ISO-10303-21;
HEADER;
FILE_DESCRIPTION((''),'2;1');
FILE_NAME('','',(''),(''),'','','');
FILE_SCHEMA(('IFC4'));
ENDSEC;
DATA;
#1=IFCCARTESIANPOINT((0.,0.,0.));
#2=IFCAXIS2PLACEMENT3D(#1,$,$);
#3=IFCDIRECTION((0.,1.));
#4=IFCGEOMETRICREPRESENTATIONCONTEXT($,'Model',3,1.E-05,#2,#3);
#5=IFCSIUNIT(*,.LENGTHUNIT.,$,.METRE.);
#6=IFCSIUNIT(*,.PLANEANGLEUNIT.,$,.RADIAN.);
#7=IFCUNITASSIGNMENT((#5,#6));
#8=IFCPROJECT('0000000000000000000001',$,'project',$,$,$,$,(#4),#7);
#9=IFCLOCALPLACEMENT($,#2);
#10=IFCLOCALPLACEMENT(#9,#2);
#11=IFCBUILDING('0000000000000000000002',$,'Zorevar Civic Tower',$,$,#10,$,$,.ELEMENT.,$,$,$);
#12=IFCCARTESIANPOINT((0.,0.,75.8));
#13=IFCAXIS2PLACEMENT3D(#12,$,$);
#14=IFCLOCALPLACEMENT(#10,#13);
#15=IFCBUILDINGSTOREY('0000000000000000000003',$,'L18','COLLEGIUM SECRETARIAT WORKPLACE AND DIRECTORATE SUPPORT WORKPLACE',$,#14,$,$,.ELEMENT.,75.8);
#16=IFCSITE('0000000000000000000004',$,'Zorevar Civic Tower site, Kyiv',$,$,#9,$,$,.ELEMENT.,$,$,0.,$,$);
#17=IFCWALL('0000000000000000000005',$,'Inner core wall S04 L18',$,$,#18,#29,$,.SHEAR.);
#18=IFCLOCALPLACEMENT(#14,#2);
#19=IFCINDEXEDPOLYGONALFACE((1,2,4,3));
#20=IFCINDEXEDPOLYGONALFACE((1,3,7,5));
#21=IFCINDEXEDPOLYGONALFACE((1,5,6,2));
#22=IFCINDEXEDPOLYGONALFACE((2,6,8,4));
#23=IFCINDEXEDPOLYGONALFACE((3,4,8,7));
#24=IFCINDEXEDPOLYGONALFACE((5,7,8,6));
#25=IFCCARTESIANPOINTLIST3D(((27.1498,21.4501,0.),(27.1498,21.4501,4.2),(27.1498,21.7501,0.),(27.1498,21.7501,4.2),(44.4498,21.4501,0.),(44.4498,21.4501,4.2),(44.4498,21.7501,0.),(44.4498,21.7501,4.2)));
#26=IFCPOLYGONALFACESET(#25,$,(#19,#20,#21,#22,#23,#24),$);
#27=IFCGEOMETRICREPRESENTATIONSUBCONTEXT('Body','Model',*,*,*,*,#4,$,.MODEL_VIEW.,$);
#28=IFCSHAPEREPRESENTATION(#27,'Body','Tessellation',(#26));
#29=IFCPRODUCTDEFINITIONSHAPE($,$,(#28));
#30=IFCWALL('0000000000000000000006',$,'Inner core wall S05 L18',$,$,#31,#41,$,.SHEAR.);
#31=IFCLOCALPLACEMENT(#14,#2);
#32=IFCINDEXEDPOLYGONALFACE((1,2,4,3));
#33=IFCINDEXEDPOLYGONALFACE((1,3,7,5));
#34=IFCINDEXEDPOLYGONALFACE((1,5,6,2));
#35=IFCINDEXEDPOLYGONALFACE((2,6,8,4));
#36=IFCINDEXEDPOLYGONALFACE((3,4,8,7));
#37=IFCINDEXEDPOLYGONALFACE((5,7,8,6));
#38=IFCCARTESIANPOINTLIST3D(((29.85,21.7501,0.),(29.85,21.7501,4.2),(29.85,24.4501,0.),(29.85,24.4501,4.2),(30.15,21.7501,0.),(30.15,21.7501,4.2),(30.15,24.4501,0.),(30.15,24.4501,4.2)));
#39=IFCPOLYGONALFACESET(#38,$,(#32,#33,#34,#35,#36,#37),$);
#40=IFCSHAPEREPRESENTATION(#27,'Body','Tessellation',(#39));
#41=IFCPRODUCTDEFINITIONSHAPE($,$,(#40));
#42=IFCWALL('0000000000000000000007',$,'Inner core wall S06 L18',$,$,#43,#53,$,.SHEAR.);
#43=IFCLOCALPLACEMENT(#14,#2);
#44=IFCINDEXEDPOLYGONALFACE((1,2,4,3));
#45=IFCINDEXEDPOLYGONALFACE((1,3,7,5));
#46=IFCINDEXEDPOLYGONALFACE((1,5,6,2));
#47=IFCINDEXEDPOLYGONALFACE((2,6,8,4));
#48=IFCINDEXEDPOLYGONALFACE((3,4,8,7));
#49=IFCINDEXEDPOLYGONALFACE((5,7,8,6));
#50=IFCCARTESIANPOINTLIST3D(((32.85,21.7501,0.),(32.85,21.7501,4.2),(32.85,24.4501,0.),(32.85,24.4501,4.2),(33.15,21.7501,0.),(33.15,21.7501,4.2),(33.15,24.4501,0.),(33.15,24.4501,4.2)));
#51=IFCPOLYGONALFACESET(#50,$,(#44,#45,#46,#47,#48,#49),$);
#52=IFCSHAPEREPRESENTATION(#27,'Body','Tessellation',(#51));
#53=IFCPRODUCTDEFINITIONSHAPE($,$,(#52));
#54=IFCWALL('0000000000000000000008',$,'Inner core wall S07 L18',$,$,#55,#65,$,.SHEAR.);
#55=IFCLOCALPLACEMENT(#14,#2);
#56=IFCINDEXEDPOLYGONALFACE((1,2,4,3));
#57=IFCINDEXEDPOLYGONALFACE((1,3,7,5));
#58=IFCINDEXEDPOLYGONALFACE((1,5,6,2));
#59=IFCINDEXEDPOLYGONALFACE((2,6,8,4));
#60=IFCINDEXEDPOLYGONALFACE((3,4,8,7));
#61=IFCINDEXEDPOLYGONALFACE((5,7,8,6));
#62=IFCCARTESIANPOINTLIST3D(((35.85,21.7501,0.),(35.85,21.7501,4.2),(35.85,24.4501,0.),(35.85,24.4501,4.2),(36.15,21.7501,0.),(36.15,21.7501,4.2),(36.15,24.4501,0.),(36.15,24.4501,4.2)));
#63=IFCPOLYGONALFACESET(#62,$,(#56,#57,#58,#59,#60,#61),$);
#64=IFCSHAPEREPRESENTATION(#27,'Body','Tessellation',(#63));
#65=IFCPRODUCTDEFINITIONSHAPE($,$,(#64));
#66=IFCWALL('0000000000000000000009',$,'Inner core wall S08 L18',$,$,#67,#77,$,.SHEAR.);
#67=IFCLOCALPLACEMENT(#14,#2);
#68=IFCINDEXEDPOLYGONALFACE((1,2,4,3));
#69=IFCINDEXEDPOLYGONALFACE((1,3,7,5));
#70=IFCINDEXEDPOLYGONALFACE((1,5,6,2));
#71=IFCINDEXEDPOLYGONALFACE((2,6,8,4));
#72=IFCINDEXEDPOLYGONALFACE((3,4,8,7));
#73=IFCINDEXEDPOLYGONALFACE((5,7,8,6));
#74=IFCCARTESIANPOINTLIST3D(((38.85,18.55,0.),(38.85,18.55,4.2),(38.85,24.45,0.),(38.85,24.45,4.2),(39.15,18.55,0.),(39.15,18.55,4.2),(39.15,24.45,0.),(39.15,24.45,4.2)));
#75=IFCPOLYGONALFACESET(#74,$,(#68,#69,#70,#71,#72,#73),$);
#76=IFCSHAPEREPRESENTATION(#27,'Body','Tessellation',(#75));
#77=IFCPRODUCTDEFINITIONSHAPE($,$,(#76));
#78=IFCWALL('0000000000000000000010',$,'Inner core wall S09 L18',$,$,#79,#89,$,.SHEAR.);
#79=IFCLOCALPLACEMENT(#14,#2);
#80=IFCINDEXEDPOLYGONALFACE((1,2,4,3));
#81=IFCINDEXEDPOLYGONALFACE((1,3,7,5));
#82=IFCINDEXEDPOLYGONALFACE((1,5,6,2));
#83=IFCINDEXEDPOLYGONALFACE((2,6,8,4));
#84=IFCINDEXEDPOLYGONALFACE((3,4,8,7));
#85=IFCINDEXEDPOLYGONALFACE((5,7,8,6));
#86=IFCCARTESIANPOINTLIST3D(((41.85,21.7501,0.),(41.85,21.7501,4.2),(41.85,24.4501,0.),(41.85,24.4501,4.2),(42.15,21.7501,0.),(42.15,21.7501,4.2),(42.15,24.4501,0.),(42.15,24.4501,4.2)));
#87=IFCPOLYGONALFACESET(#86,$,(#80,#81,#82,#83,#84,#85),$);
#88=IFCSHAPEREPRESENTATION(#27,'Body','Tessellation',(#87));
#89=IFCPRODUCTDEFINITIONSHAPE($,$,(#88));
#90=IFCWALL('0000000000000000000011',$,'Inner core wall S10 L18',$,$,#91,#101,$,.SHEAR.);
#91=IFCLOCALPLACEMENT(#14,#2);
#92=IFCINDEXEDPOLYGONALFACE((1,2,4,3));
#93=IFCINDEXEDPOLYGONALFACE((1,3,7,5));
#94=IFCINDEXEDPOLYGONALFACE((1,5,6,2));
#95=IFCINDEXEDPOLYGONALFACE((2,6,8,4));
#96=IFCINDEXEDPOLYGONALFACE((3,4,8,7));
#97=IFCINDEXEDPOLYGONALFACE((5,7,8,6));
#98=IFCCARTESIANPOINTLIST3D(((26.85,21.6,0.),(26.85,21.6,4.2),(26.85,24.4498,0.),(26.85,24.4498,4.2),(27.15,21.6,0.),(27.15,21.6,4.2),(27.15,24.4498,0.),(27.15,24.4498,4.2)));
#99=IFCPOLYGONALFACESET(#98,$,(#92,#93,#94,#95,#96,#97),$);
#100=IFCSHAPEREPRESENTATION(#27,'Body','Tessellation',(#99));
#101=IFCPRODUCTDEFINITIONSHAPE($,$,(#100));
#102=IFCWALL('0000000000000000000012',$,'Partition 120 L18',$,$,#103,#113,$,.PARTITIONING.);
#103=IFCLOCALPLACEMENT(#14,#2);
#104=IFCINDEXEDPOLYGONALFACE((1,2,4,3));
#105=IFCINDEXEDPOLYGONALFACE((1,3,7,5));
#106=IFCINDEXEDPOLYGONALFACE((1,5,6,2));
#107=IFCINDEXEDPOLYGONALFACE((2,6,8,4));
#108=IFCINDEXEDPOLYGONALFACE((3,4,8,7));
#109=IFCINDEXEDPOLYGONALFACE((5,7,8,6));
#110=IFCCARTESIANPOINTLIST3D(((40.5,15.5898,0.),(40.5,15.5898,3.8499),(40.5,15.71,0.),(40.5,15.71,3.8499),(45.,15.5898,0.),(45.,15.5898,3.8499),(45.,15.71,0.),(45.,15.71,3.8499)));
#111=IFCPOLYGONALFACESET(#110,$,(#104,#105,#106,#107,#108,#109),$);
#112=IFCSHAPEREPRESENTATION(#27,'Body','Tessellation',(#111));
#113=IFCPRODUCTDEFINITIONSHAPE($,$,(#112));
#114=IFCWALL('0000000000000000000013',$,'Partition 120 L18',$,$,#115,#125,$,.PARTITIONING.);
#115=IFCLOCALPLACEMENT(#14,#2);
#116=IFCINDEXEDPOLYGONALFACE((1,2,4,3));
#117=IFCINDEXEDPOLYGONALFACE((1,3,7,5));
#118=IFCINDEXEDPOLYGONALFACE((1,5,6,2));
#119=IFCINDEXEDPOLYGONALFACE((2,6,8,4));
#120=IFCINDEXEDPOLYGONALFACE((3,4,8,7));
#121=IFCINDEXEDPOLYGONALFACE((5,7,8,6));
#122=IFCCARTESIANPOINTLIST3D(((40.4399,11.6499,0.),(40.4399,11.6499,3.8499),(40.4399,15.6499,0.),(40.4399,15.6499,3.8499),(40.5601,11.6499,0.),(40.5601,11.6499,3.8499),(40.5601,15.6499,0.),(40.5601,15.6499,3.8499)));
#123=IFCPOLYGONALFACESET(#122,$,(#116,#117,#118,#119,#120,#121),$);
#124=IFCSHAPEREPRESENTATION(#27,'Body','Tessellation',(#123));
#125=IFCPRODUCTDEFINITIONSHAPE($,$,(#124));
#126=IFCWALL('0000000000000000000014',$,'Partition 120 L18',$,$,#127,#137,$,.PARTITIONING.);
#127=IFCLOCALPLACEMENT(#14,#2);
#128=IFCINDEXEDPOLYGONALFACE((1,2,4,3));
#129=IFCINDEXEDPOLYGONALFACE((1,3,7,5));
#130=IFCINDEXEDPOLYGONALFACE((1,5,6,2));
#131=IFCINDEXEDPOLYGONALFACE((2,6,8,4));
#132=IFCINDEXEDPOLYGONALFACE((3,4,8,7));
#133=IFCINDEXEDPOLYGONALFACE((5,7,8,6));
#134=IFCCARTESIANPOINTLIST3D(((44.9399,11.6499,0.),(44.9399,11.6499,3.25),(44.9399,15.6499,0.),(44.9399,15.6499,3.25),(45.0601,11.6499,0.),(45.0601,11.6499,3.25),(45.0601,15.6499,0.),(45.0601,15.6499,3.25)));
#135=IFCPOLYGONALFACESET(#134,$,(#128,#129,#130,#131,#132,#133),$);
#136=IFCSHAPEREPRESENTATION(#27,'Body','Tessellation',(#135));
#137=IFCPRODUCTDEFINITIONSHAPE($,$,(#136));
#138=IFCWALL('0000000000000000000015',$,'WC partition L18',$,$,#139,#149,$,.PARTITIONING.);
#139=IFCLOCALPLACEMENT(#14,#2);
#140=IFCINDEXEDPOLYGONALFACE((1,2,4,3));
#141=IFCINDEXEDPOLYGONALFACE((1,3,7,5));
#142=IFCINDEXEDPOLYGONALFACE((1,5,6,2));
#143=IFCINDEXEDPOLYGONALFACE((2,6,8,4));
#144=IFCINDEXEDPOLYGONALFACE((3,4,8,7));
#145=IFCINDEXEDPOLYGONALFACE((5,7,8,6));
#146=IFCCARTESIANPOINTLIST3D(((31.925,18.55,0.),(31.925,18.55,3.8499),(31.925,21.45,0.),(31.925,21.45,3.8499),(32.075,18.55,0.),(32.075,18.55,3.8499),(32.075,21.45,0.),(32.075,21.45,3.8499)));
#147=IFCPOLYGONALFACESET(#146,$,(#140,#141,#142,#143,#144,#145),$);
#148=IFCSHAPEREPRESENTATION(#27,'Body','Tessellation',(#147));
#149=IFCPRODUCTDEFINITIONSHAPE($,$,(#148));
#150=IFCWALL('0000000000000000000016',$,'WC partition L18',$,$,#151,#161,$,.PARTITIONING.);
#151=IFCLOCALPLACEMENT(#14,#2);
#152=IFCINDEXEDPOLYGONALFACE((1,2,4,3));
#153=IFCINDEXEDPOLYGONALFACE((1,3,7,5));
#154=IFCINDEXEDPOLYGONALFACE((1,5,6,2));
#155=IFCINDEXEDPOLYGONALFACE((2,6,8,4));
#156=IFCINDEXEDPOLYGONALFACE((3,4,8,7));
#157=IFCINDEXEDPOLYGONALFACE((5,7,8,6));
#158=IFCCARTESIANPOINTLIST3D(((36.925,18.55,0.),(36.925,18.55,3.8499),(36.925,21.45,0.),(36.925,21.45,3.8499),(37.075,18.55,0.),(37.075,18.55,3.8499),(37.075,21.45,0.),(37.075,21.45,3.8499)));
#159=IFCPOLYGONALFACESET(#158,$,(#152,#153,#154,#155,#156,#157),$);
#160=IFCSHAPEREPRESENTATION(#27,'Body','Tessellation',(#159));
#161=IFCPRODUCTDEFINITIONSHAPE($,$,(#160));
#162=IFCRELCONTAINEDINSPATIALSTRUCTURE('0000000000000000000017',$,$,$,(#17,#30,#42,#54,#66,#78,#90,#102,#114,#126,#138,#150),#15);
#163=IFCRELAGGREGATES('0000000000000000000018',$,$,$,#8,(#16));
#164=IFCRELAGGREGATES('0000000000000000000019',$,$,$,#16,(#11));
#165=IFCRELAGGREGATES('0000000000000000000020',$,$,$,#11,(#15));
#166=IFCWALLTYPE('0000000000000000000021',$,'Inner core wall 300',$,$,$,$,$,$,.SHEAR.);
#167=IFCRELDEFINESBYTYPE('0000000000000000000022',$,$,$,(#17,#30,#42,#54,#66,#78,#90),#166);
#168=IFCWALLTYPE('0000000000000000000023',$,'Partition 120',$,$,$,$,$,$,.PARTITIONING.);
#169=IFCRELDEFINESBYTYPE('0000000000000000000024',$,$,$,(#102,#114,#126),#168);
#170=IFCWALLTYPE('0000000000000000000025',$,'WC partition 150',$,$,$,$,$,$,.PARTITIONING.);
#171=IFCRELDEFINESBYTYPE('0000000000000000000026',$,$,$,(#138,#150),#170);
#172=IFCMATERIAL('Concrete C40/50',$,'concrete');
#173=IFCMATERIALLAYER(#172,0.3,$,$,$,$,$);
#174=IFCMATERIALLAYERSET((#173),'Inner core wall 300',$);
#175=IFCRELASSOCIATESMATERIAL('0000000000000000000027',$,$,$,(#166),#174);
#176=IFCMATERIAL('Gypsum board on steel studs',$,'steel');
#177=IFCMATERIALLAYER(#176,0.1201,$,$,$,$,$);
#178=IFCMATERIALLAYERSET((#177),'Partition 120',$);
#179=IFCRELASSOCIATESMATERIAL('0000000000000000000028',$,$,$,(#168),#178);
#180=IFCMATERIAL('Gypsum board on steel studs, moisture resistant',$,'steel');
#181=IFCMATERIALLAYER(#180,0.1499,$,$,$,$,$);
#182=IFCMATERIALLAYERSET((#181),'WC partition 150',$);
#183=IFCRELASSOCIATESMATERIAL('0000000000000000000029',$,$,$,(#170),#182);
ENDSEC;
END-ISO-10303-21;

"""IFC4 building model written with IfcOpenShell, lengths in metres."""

from ifc_helpers import new_model, si_unit, direction, frame, frame_2d, origin, place, context, subcontext, project, spatial, rectangle, extrude, material, layer, layer_set, type_object, element, save


model = new_model("IFC4")

# Units and contexts
model_context = context("Model", 3, precision=1e-05, world=origin(), true_north=direction((0.0, 1.0)))
body_context = subcontext(model_context, "Body", "Model", "MODEL_VIEW")
ifc_project = project(units=[si_unit("LENGTHUNIT", "METRE"), si_unit("PLANEANGLEUNIT", "RADIAN")], contexts=[model_context])

# Site, building, storey
site_placement = place(None, origin())
site = spatial("IfcSite", under=ifc_project, at=site_placement, Name="Zorevar Civic Tower site, Kyiv", CompositionType="ELEMENT", RefElevation=0.0)
building_placement = place(site_placement, origin())
building = spatial("IfcBuilding", under=site, at=building_placement, Name="Zorevar Civic Tower", CompositionType="ELEMENT")
storey_placement = place(building_placement, frame((0.0, 0.0, 75.8)))
storey = spatial("IfcBuildingStorey", under=building, at=storey_placement, Name="L18", Description="COLLEGIUM SECRETARIAT WORKPLACE AND DIRECTORATE SUPPORT WORKPLACE", CompositionType="ELEMENT", Elevation=75.8)

# Walls
ifc_material_1 = material(Name="Concrete C40/50", Category="concrete")
ifc_layer_1 = layer(ifc_material_1, 0.3)
ifc_layer_set_1 = layer_set([ifc_layer_1], Name="Inner core wall 300")
wall_type_1 = type_object("IfcWallType", Name="Inner core wall 300", PredefinedType="SHEAR", material=ifc_layer_set_1)
wall_1_placement = place(storey_placement, frame((27.1499, 21.6001, 0.0), z_axis=(0.0, 0.0, 1.0), x_axis=(1.0, 0.0, 0.0)))
element("IfcWall", 1, at=wall_1_placement, inside=storey, type_object=wall_type_1, Name="Inner core wall S04 L18", PredefinedType="SHEAR", context=body_context, shape_type="SweptSolid", body=[
    extrude(rectangle(XDim=17.3, YDim=0.3, at=frame_2d((8.6499, 0.0))), origin(), (0.0, 0.0, 1.0), 4.2),
])
for number, where, z_axis, x_axis, name in (
    (2, (30.0, 21.75, 0.0), (0.0, 0.0, 1.0), (0.0, 1.0, 0.0), "Inner core wall S05 L18"),
    (3, (33.0, 21.75, 0.0), (0.0, 0.0, 1.0), (0.0, 1.0, 0.0), "Inner core wall S06 L18"),
    (4, (36.0, 21.75, 0.0), (0.0, 0.0, 1.0), (0.0, 1.0, 0.0), "Inner core wall S07 L18"),
):
    element("IfcWall", number, at=place(storey_placement, frame(where, z_axis=z_axis, x_axis=x_axis)), inside=storey, type_object=wall_type_1, Name=name, PredefinedType="SHEAR", context=body_context, shape_type="SweptSolid", body=[
        extrude(rectangle(XDim=2.7, YDim=0.3, at=frame_2d((1.3501, 0.0))), origin(), (0.0, 0.0, 1.0), 4.2),
    ])
wall_2_placement = place(storey_placement, frame((39.0, 18.55, 0.0), z_axis=(0.0, 0.0, 1.0), x_axis=(0.0, 1.0, 0.0)))
element("IfcWall", 5, at=wall_2_placement, inside=storey, type_object=wall_type_1, Name="Inner core wall S08 L18", PredefinedType="SHEAR", context=body_context, shape_type="SweptSolid", body=[
    extrude(rectangle(XDim=5.8999, YDim=0.3, at=frame_2d((2.95, 0.0))), origin(), (0.0, 0.0, 1.0), 4.2),
])
wall_3_placement = place(storey_placement, frame((42.0, 21.75, 0.0), z_axis=(0.0, 0.0, 1.0), x_axis=(0.0, 1.0, 0.0)))
element("IfcWall", 6, at=wall_3_placement, inside=storey, type_object=wall_type_1, Name="Inner core wall S09 L18", PredefinedType="SHEAR", context=body_context, shape_type="SweptSolid", body=[
    extrude(rectangle(XDim=2.7, YDim=0.3, at=frame_2d((1.3501, 0.0))), origin(), (0.0, 0.0, 1.0), 4.2),
])
wall_4_placement = place(storey_placement, frame((27.0, 21.6001, 0.0), z_axis=(0.0, 0.0, 1.0), x_axis=(0.0, 1.0, 0.0)))
element("IfcWall", 7, at=wall_4_placement, inside=storey, type_object=wall_type_1, Name="Inner core wall S10 L18", PredefinedType="SHEAR", context=body_context, shape_type="SweptSolid", body=[
    extrude(rectangle(XDim=2.8499, YDim=0.3, at=frame_2d((1.4248, 0.0))), origin(), (0.0, 0.0, 1.0), 4.2),
])
ifc_material_2 = material(Name="Gypsum board on steel studs", Category="steel")
ifc_layer_2 = layer(ifc_material_2, 0.1201)
ifc_layer_set_2 = layer_set([ifc_layer_2], Name="Partition 120")
wall_type_2 = type_object("IfcWallType", Name="Partition 120", PredefinedType="PARTITIONING", material=ifc_layer_set_2)
wall_5_placement = place(storey_placement, frame((40.5, 15.6499, 0.0), z_axis=(0.0, 0.0, 1.0), x_axis=(1.0, 0.0, 0.0)))
element("IfcWall", 8, at=wall_5_placement, inside=storey, type_object=wall_type_2, Name="Partition 120 L18", PredefinedType="PARTITIONING", context=body_context, shape_type="SweptSolid", body=[
    extrude(rectangle(XDim=4.5, YDim=0.1201, at=frame_2d((2.25, 0.0))), origin(), (0.0, 0.0, 1.0), 3.8499),
])
wall_6_placement = place(storey_placement, frame((40.5, 11.6499, 0.0), z_axis=(0.0, 0.0, 1.0), x_axis=(0.0, 1.0, 0.0)))
element("IfcWall", 9, at=wall_6_placement, inside=storey, type_object=wall_type_2, Name="Partition 120 L18", PredefinedType="PARTITIONING", context=body_context, shape_type="SweptSolid", body=[
    extrude(rectangle(XDim=4.0, YDim=0.1201, at=frame_2d((2.0, 0.0))), origin(), (0.0, 0.0, 1.0), 3.8499),
])
wall_7_placement = place(storey_placement, frame((45.0, 11.6499, 0.0), z_axis=(0.0, 0.0, 1.0), x_axis=(0.0, 1.0, 0.0)))
element("IfcWall", 10, at=wall_7_placement, inside=storey, type_object=wall_type_2, Name="Partition 120 L18", PredefinedType="PARTITIONING", context=body_context, shape_type="SweptSolid", body=[
    extrude(rectangle(XDim=4.0, YDim=0.1201, at=frame_2d((2.0, 0.0))), origin(), (0.0, 0.0, 1.0), 3.25),
])

# Walls
ifc_material_3 = material(Name="Gypsum board on steel studs, moisture resistant", Category="steel")
ifc_layer_3 = layer(ifc_material_3, 0.1499)
ifc_layer_set_3 = layer_set([ifc_layer_3], Name="WC partition 150")
wall_type_3 = type_object("IfcWallType", Name="WC partition 150", PredefinedType="PARTITIONING", material=ifc_layer_set_3)
for number, where, z_axis, x_axis, name in (
    (11, (32.0, 18.55, 0.0), (0.0, 0.0, 1.0), (0.0, 1.0, 0.0), "WC partition L18"),
    (12, (37.0, 18.55, 0.0), (0.0, 0.0, 1.0), (0.0, 1.0, 0.0), "WC partition L18"),
):
    element("IfcWall", number, at=place(storey_placement, frame(where, z_axis=z_axis, x_axis=x_axis)), inside=storey, type_object=wall_type_3, Name=name, PredefinedType="PARTITIONING", context=body_context, shape_type="SweptSolid", body=[
        extrude(rectangle(XDim=2.8999, YDim=0.1499, at=frame_2d((1.45, 0.0))), origin(), (0.0, 0.0, 1.0), 3.8499),
    ])

save(model, "model.ifc")
